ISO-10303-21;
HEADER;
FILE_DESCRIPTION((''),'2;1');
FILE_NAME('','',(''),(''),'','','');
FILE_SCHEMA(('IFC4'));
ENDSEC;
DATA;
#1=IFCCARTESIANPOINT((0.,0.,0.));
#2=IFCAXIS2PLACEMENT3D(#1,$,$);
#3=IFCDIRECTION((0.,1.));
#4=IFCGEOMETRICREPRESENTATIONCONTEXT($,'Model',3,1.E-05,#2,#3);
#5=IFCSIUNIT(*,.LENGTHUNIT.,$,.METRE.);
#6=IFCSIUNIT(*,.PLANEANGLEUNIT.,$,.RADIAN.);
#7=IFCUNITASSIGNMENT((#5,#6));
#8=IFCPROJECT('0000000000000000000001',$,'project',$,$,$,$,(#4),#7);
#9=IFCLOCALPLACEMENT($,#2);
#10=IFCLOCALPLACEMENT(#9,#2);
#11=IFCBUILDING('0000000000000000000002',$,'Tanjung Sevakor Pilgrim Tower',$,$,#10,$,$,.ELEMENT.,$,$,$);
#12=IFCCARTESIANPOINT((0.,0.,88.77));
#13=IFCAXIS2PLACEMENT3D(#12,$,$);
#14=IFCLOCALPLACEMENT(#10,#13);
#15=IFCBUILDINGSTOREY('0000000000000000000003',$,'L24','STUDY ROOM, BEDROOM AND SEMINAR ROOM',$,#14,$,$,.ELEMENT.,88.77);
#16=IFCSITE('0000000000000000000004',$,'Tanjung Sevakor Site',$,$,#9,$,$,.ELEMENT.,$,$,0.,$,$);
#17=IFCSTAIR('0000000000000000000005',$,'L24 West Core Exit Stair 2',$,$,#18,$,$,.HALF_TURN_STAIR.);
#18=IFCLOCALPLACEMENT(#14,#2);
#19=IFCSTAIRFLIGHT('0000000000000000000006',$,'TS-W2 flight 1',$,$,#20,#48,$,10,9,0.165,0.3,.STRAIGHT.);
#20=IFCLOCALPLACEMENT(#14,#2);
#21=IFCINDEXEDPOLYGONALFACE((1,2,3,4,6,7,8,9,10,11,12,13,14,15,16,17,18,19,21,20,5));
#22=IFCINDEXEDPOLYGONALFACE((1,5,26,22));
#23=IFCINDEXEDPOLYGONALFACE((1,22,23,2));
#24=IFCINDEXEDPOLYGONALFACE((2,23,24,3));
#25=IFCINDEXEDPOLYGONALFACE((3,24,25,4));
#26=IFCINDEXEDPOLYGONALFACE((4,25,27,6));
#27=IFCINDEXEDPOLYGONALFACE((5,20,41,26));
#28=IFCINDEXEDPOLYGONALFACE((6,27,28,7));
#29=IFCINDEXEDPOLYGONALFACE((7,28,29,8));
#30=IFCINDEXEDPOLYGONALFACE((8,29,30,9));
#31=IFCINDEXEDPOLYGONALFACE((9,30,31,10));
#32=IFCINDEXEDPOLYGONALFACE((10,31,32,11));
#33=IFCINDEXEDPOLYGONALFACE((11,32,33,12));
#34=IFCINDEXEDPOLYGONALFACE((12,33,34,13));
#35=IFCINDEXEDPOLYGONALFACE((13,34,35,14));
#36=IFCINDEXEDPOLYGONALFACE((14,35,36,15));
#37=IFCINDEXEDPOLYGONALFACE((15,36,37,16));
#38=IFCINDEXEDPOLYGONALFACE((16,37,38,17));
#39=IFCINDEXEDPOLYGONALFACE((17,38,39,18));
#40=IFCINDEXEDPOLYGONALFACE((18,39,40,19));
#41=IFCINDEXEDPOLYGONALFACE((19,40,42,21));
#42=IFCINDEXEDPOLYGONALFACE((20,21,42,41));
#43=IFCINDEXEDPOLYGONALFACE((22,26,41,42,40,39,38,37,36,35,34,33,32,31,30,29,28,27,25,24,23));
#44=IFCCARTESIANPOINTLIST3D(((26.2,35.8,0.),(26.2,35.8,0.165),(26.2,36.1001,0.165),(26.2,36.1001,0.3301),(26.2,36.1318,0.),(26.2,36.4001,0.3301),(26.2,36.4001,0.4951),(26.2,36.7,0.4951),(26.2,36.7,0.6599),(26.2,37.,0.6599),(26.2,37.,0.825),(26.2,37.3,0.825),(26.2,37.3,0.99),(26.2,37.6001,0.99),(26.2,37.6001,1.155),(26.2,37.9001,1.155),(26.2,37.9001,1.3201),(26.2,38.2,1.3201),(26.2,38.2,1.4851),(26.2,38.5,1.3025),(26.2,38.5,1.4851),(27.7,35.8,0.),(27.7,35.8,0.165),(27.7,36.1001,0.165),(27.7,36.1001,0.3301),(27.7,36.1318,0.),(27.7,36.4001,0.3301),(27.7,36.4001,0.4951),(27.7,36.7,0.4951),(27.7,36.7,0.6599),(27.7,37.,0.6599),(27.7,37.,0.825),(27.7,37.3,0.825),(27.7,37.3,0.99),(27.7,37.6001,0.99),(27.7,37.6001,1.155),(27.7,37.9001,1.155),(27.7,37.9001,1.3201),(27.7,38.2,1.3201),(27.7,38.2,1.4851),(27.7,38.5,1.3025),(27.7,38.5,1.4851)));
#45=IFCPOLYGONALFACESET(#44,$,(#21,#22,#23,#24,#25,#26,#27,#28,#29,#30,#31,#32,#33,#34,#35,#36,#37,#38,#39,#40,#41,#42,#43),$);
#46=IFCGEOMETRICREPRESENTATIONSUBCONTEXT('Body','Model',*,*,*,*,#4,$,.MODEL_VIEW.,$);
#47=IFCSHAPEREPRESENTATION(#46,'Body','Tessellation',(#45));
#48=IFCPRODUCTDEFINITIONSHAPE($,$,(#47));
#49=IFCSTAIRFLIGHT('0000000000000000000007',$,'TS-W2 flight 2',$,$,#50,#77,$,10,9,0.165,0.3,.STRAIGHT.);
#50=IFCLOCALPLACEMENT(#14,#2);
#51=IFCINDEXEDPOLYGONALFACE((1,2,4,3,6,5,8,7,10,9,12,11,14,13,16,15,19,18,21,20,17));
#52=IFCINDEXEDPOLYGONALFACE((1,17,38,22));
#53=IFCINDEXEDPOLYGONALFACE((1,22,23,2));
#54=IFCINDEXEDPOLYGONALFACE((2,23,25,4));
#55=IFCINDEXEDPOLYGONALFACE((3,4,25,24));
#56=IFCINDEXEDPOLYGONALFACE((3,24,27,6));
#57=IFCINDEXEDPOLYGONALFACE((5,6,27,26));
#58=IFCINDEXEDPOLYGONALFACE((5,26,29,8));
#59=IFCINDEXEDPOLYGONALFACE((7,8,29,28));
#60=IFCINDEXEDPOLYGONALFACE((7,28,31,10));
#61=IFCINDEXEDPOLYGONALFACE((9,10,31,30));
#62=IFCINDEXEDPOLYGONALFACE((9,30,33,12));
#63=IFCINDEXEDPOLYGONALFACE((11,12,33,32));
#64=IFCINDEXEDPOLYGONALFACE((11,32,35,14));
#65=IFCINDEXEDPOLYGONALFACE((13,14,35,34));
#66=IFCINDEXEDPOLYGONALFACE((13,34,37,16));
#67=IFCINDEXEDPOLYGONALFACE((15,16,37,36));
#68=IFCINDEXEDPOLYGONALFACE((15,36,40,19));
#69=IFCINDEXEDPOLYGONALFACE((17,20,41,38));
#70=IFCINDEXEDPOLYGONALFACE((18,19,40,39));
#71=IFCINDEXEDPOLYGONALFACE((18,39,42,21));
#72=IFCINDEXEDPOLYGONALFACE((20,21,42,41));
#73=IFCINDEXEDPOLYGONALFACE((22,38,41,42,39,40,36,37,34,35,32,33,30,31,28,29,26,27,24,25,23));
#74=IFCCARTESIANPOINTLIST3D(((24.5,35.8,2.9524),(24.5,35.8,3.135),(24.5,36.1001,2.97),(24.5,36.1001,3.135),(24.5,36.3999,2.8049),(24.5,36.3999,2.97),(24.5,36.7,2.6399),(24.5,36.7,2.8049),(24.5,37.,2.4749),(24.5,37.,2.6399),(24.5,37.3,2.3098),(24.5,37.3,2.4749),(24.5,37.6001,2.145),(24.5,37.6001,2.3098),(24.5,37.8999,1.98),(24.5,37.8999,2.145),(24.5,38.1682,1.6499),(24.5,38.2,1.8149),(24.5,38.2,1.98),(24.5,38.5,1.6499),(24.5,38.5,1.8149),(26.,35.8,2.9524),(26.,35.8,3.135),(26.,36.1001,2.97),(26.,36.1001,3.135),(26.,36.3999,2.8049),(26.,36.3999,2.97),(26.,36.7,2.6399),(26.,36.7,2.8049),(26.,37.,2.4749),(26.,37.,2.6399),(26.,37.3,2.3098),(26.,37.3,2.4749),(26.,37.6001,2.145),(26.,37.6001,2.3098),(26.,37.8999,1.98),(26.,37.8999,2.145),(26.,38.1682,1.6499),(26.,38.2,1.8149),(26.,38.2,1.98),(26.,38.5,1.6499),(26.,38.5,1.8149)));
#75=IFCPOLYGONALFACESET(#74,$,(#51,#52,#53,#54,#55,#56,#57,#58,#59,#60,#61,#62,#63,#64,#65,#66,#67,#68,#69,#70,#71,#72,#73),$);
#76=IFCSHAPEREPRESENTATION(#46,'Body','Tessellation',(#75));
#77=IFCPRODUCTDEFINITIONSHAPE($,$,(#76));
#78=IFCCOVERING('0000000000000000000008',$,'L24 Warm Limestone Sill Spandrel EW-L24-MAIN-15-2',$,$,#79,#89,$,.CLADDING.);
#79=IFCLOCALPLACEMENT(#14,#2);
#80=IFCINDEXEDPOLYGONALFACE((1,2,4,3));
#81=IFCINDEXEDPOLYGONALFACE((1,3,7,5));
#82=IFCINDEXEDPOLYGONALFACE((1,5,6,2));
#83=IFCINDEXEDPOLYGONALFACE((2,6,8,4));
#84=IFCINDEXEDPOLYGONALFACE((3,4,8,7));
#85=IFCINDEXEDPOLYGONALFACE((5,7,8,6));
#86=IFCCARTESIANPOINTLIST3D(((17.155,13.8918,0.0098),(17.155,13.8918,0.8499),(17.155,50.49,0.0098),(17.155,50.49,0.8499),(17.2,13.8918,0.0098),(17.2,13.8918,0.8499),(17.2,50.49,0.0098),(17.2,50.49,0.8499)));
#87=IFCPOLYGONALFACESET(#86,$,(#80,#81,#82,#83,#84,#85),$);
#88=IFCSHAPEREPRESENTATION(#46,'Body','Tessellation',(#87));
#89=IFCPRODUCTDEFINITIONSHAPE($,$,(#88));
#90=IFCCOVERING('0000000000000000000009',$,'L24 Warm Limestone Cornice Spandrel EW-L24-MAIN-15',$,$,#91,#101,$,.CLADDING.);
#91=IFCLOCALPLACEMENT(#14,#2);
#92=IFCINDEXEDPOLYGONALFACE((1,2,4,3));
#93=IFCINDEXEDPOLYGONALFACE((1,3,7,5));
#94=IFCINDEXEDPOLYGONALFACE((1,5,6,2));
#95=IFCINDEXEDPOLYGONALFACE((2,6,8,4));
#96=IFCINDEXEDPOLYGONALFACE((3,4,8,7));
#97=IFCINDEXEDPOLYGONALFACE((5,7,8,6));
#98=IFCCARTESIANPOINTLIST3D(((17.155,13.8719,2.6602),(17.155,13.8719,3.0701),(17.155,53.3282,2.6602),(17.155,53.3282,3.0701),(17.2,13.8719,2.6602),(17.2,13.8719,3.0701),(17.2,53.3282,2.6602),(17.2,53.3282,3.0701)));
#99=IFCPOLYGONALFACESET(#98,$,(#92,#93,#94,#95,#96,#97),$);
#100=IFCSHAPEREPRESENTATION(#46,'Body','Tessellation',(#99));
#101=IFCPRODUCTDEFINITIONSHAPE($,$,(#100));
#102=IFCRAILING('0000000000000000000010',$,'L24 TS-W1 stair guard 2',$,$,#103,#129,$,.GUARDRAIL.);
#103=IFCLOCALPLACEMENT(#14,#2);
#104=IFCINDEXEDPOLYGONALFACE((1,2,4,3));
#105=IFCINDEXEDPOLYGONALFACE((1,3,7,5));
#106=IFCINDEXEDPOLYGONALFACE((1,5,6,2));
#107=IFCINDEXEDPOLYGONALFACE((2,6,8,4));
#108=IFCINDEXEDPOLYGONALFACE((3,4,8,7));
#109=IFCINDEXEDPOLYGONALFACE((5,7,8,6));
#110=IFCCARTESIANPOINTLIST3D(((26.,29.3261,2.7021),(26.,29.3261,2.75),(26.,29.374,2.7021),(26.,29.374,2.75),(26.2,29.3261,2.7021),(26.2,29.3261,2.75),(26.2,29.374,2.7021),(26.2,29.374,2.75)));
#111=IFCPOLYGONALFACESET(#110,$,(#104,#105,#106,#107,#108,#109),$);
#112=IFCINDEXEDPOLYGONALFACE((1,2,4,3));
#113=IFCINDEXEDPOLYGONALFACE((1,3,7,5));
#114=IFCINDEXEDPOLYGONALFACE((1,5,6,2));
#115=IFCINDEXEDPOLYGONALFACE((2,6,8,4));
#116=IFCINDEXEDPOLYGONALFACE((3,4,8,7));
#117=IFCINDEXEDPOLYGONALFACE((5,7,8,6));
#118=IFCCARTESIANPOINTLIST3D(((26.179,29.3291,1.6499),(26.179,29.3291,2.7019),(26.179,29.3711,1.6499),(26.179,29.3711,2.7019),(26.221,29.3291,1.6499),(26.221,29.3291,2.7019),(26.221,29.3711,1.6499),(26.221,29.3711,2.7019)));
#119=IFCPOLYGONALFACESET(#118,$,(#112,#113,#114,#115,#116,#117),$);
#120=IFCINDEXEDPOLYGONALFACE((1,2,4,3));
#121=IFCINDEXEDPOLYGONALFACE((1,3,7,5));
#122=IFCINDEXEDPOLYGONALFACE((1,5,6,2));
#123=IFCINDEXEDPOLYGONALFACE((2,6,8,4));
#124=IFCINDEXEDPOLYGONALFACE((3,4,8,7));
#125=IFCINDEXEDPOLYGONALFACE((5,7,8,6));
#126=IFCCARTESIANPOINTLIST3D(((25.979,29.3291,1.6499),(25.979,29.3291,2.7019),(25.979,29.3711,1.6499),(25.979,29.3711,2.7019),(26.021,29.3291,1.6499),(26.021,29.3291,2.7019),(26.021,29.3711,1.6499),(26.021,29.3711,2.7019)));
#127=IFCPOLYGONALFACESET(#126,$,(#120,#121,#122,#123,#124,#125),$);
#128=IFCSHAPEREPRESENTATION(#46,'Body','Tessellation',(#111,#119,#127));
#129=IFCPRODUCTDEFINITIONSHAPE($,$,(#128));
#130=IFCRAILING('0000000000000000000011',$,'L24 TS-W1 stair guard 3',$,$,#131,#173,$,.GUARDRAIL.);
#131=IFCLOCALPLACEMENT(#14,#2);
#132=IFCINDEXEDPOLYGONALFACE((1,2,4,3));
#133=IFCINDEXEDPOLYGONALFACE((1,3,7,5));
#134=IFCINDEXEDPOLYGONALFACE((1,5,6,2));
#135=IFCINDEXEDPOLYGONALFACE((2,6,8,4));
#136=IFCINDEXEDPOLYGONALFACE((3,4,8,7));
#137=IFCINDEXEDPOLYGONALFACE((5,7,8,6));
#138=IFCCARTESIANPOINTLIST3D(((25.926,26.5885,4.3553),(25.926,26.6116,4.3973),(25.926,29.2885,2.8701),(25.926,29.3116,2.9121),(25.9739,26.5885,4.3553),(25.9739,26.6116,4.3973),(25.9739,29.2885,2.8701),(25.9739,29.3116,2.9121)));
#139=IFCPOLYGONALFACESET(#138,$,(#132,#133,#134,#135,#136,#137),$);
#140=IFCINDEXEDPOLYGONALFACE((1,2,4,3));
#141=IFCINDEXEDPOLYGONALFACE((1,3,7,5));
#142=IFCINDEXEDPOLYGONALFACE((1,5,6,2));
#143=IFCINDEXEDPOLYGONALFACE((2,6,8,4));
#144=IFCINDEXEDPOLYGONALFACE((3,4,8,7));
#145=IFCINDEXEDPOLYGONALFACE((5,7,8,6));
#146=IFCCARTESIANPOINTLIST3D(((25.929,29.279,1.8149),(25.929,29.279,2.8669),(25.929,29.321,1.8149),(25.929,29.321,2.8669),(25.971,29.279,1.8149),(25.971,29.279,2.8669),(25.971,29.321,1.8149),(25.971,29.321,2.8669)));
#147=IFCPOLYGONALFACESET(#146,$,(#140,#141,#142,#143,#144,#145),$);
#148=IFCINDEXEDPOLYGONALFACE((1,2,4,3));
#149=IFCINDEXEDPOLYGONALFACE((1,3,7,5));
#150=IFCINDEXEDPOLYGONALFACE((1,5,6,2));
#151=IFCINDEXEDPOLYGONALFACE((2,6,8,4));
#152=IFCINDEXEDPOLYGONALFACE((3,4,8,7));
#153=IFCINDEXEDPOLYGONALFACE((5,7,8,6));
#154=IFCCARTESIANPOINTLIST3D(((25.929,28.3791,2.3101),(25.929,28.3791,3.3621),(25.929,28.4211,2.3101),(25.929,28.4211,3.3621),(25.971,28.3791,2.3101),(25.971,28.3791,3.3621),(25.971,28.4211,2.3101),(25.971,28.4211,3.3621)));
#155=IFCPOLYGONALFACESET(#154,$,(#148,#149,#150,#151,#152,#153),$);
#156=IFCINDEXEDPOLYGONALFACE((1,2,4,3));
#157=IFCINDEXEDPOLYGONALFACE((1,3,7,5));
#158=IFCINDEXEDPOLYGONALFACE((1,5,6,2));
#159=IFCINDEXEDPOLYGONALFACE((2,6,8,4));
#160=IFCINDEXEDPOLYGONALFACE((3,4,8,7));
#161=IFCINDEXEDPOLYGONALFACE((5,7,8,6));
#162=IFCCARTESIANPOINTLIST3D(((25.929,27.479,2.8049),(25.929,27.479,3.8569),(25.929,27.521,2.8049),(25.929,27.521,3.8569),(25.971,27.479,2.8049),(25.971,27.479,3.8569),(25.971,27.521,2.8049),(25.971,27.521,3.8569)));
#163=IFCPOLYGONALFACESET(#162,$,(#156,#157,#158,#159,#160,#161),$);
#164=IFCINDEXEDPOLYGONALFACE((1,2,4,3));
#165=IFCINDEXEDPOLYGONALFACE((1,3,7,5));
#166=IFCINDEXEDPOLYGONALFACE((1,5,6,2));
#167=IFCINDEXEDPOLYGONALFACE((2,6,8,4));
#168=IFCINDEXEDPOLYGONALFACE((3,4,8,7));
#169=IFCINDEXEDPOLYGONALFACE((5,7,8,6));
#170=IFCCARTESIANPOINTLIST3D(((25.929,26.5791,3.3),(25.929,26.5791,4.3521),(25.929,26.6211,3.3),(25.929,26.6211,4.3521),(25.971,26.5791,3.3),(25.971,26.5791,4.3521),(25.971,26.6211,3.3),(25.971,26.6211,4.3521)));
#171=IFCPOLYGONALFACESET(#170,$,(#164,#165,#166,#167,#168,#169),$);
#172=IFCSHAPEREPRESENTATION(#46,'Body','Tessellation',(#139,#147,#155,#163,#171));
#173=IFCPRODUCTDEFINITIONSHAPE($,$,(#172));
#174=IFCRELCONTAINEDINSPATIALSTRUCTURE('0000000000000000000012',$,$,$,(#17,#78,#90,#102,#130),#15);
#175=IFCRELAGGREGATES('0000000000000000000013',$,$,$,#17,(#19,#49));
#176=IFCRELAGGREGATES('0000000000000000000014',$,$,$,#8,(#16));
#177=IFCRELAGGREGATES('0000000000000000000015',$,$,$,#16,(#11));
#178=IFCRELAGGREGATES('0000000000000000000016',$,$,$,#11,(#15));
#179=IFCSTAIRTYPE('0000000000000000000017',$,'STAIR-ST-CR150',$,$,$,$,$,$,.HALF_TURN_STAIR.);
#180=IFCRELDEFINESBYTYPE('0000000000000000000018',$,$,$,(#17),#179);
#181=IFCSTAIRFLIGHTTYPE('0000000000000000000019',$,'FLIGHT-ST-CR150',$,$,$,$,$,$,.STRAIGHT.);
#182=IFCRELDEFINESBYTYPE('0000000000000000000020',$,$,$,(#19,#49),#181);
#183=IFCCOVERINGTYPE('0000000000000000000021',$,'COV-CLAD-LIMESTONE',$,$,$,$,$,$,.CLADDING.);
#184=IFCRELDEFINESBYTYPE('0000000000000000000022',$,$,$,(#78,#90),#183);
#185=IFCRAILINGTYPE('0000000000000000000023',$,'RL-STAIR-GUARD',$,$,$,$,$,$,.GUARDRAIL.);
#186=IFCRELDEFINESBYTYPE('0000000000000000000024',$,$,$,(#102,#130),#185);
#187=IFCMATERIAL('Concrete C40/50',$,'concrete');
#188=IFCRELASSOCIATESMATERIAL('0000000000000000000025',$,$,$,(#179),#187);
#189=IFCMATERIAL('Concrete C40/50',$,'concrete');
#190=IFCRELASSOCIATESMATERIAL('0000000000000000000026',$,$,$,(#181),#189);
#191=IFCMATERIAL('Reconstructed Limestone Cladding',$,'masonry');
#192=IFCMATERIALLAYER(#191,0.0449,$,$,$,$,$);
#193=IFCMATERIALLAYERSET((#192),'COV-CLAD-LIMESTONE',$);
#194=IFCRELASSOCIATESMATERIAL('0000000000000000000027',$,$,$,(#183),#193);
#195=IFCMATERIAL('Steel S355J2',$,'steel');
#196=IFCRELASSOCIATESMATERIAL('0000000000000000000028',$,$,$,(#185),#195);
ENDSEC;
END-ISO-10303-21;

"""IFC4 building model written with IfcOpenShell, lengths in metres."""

from ifc_helpers import new_model, si_unit, direction, frame, origin, origin_2d, place, context, subcontext, project, spatial, polyline, rectangle, outline, extrude, material, layer, layer_set, type_object, element, aggregate, save


model = new_model("IFC4")

# Units and contexts
model_context = context("Model", 3, precision=1e-05, world=origin(), true_north=direction((0.0, 1.0)))
body_context = subcontext(model_context, "Body", "Model", "MODEL_VIEW")
ifc_project = project(units=[si_unit("LENGTHUNIT", "METRE"), si_unit("PLANEANGLEUNIT", "RADIAN")], contexts=[model_context])

# Site, building, storey
site_placement = place(None, origin())
site = spatial("IfcSite", under=ifc_project, at=site_placement, Name="Tanjung Sevakor Site", CompositionType="ELEMENT", RefElevation=0.0)
building_placement = place(site_placement, origin())
building = spatial("IfcBuilding", under=site, at=building_placement, Name="Tanjung Sevakor Pilgrim Tower", CompositionType="ELEMENT")
storey_placement = place(building_placement, frame((0.0, 0.0, 88.77)))
storey = spatial("IfcBuildingStorey", under=building, at=storey_placement, Name="L24", Description="STUDY ROOM, BEDROOM AND SEMINAR ROOM", CompositionType="ELEMENT", Elevation=88.77)

# Shared definitions
ifc_material_1 = material(Name="Concrete C40/50", Category="concrete")
stair_type = type_object("IfcStairType", Name="STAIR-ST-CR150", PredefinedType="HALF_TURN_STAIR", material=ifc_material_1)
ifc_material_2 = material(Name="Concrete C40/50", Category="concrete")
stair_flight_type = type_object("IfcStairFlightType", Name="FLIGHT-ST-CR150", PredefinedType="STRAIGHT", material=ifc_material_2)

# Stair, stair flights
stair_1_placement = place(storey_placement, origin())
stair_1 = element("IfcStair", 1, at=stair_1_placement, inside=storey, type_object=stair_type, Name="L24 West Core Exit Stair 2", PredefinedType="HALF_TURN_STAIR")
stair_flight_1_placement = place(storey_placement, frame((26.95, 35.8, 0.0), z_axis=(0.0, 0.0, 1.0), x_axis=(0.0, 1.0, 0.0)))
stair_flight_1 = element("IfcStairFlight", 2, at=stair_flight_1_placement, type_object=stair_flight_type, Name="TS-W2 flight 1", NumberOfRisers=10, NumberOfTreads=9, PredefinedType="STRAIGHT", RiserHeight=0.165, TreadLength=0.3, context=body_context, shape_type="SweptSolid", body=[
    extrude(outline(polyline([(0.0, 0.0), (0.0, 0.165), (0.3, 0.165), (0.3, 0.3301), (0.6001, 0.3301), (0.6001, 0.4951), (0.8999, 0.4951), (0.8999, 0.6599), (1.2, 0.6599), (1.2, 0.825), (1.5, 0.825), (1.5, 0.99), (1.8, 0.99), (1.8, 1.155), (2.1001, 1.155), (2.1001, 1.3201), (2.3999, 1.3201), (2.3999, 1.4851), (2.7, 1.4851), (2.7, 1.6499), (2.7, 1.3025), (0.3318, 0.0), (0.0, 0.0)])), frame((0.0, 0.75, 0.0), z_axis=(0.0, -1.0, 0.0), x_axis=(1.0, 0.0, 0.0)), (0.0, 0.0, 1.0), 1.5),
])
stair_flight_2_placement = place(storey_placement, frame((25.25, 38.5, 1.6499), z_axis=(0.0, 0.0, 1.0), x_axis=(0.0, -1.0, 0.0)))
stair_flight_2 = element("IfcStairFlight", 3, at=stair_flight_2_placement, type_object=stair_flight_type, Name="TS-W2 flight 2", NumberOfRisers=10, NumberOfTreads=9, PredefinedType="STRAIGHT", RiserHeight=0.165, TreadLength=0.3, context=body_context, shape_type="SweptSolid", body=[
    extrude(outline(polyline([(0.0, 0.0), (0.0, 0.165), (0.3, 0.165), (0.3, 0.3301), (0.6001, 0.3301), (0.6001, 0.4951), (0.8999, 0.4951), (0.8999, 0.6599), (1.2, 0.6599), (1.2, 0.825), (1.5, 0.825), (1.5, 0.99), (1.8, 0.99), (1.8, 1.155), (2.1001, 1.155), (2.1001, 1.3201), (2.3999, 1.3201), (2.3999, 1.4851), (2.7, 1.4851), (2.7, 1.6499), (2.7, 1.3025), (0.3318, 0.0), (0.0, 0.0)])), frame((0.0, 0.75, 0.0), z_axis=(0.0, -1.0, 0.0), x_axis=(1.0, 0.0, 0.0)), (0.0, 0.0, 1.0), 1.5),
])
aggregate(stair_1, [stair_flight_1, stair_flight_2])

# Coverings
ifc_material_3 = material(Name="Reconstructed Limestone Cladding", Category="masonry")
ifc_layer_1 = layer(ifc_material_3, 0.0449)
ifc_layer_set_1 = layer_set([ifc_layer_1], Name="COV-CLAD-LIMESTONE")
covering_type = type_object("IfcCoveringType", Name="COV-CLAD-LIMESTONE", PredefinedType="CLADDING", material=ifc_layer_set_1)
covering_1_placement = place(storey_placement, frame((17.1775, 32.1909, 0.0098), z_axis=(0.0, 0.0, 1.0), x_axis=(0.0, -1.0, 0.0)))
element("IfcCovering", 4, at=covering_1_placement, inside=storey, type_object=covering_type, Name="L24 Warm Limestone Sill Spandrel EW-L24-MAIN-15-2", PredefinedType="CLADDING", context=body_context, shape_type="SweptSolid", body=[
    extrude(rectangle(XDim=36.5981, YDim=0.0449, at=origin_2d()), origin(), (0.0, 0.0, 1.0), 0.8401),
])
covering_2_placement = place(storey_placement, frame((17.1775, 33.6001, 2.6602), z_axis=(0.0, 0.0, 1.0), x_axis=(0.0, -1.0, 0.0)))
element("IfcCovering", 5, at=covering_2_placement, inside=storey, type_object=covering_type, Name="L24 Warm Limestone Cornice Spandrel EW-L24-MAIN-15", PredefinedType="CLADDING", context=body_context, shape_type="SweptSolid", body=[
    extrude(rectangle(XDim=39.4563, YDim=0.0449, at=origin_2d()), origin(), (0.0, 0.0, 1.0), 0.4099),
])

# Railings
ifc_material_4 = material(Name="Steel S355J2", Category="steel")
railing_type_1 = type_object("IfcRailingType", Name="RL-STAIR-GUARD", PredefinedType="GUARDRAIL", material=ifc_material_4)
railing_1_placement = place(storey_placement, frame((26.2, 29.3501, 1.6499)))
element("IfcRailing", 6, at=railing_1_placement, inside=storey, type_object=railing_type_1, Name="L24 TS-W1 stair guard 2", PredefinedType="GUARDRAIL", context=body_context, shape_type="SweptSolid", body=[
    extrude(rectangle(XDim=0.0479, YDim=0.0479), frame((0.0, 0.0, 1.0762), z_axis=(-1.0, 0.0, 0.0), x_axis=(0.0, -1.0, 0.0)), (0.0, 0.0, 1.0), 0.2),
    extrude(rectangle(XDim=0.042, YDim=0.042), origin(), (0.0, 0.0, 1.0), 1.052),
    extrude(rectangle(XDim=0.042, YDim=0.042), frame((-0.2, 0.0, 0.0)), (0.0, 0.0, 1.0), 1.052),
])
railing_2_placement = place(storey_placement, frame((25.95, 29.3, 1.8149)))
element("IfcRailing", 7, at=railing_2_placement, inside=storey, type_object=railing_type_1, Name="L24 TS-W1 stair guard 3", PredefinedType="GUARDRAIL", context=body_context, shape_type="SweptSolid", body=[
    extrude(rectangle(XDim=0.0479, YDim=0.0479), frame((0.0, 0.0, 1.0762), z_axis=(0.0, -0.876198, 0.481952), x_axis=(1.0, 0.0, 0.0)), (0.0, 0.0, 1.0), 3.0815),
    extrude(rectangle(XDim=0.042, YDim=0.042), origin(), (0.0, 0.0, 1.0), 1.052),
    extrude(rectangle(XDim=0.042, YDim=0.042), frame((0.0, -0.8999, 0.4951)), (0.0, 0.0, 1.0), 1.052),
    extrude(rectangle(XDim=0.042, YDim=0.042), frame((0.0, -1.8, 0.99)), (0.0, 0.0, 1.0), 1.052),
    extrude(rectangle(XDim=0.042, YDim=0.042), frame((0.0, -2.7, 1.4851)), (0.0, 0.0, 1.0), 1.052),
])

save(model, "model.ifc")
